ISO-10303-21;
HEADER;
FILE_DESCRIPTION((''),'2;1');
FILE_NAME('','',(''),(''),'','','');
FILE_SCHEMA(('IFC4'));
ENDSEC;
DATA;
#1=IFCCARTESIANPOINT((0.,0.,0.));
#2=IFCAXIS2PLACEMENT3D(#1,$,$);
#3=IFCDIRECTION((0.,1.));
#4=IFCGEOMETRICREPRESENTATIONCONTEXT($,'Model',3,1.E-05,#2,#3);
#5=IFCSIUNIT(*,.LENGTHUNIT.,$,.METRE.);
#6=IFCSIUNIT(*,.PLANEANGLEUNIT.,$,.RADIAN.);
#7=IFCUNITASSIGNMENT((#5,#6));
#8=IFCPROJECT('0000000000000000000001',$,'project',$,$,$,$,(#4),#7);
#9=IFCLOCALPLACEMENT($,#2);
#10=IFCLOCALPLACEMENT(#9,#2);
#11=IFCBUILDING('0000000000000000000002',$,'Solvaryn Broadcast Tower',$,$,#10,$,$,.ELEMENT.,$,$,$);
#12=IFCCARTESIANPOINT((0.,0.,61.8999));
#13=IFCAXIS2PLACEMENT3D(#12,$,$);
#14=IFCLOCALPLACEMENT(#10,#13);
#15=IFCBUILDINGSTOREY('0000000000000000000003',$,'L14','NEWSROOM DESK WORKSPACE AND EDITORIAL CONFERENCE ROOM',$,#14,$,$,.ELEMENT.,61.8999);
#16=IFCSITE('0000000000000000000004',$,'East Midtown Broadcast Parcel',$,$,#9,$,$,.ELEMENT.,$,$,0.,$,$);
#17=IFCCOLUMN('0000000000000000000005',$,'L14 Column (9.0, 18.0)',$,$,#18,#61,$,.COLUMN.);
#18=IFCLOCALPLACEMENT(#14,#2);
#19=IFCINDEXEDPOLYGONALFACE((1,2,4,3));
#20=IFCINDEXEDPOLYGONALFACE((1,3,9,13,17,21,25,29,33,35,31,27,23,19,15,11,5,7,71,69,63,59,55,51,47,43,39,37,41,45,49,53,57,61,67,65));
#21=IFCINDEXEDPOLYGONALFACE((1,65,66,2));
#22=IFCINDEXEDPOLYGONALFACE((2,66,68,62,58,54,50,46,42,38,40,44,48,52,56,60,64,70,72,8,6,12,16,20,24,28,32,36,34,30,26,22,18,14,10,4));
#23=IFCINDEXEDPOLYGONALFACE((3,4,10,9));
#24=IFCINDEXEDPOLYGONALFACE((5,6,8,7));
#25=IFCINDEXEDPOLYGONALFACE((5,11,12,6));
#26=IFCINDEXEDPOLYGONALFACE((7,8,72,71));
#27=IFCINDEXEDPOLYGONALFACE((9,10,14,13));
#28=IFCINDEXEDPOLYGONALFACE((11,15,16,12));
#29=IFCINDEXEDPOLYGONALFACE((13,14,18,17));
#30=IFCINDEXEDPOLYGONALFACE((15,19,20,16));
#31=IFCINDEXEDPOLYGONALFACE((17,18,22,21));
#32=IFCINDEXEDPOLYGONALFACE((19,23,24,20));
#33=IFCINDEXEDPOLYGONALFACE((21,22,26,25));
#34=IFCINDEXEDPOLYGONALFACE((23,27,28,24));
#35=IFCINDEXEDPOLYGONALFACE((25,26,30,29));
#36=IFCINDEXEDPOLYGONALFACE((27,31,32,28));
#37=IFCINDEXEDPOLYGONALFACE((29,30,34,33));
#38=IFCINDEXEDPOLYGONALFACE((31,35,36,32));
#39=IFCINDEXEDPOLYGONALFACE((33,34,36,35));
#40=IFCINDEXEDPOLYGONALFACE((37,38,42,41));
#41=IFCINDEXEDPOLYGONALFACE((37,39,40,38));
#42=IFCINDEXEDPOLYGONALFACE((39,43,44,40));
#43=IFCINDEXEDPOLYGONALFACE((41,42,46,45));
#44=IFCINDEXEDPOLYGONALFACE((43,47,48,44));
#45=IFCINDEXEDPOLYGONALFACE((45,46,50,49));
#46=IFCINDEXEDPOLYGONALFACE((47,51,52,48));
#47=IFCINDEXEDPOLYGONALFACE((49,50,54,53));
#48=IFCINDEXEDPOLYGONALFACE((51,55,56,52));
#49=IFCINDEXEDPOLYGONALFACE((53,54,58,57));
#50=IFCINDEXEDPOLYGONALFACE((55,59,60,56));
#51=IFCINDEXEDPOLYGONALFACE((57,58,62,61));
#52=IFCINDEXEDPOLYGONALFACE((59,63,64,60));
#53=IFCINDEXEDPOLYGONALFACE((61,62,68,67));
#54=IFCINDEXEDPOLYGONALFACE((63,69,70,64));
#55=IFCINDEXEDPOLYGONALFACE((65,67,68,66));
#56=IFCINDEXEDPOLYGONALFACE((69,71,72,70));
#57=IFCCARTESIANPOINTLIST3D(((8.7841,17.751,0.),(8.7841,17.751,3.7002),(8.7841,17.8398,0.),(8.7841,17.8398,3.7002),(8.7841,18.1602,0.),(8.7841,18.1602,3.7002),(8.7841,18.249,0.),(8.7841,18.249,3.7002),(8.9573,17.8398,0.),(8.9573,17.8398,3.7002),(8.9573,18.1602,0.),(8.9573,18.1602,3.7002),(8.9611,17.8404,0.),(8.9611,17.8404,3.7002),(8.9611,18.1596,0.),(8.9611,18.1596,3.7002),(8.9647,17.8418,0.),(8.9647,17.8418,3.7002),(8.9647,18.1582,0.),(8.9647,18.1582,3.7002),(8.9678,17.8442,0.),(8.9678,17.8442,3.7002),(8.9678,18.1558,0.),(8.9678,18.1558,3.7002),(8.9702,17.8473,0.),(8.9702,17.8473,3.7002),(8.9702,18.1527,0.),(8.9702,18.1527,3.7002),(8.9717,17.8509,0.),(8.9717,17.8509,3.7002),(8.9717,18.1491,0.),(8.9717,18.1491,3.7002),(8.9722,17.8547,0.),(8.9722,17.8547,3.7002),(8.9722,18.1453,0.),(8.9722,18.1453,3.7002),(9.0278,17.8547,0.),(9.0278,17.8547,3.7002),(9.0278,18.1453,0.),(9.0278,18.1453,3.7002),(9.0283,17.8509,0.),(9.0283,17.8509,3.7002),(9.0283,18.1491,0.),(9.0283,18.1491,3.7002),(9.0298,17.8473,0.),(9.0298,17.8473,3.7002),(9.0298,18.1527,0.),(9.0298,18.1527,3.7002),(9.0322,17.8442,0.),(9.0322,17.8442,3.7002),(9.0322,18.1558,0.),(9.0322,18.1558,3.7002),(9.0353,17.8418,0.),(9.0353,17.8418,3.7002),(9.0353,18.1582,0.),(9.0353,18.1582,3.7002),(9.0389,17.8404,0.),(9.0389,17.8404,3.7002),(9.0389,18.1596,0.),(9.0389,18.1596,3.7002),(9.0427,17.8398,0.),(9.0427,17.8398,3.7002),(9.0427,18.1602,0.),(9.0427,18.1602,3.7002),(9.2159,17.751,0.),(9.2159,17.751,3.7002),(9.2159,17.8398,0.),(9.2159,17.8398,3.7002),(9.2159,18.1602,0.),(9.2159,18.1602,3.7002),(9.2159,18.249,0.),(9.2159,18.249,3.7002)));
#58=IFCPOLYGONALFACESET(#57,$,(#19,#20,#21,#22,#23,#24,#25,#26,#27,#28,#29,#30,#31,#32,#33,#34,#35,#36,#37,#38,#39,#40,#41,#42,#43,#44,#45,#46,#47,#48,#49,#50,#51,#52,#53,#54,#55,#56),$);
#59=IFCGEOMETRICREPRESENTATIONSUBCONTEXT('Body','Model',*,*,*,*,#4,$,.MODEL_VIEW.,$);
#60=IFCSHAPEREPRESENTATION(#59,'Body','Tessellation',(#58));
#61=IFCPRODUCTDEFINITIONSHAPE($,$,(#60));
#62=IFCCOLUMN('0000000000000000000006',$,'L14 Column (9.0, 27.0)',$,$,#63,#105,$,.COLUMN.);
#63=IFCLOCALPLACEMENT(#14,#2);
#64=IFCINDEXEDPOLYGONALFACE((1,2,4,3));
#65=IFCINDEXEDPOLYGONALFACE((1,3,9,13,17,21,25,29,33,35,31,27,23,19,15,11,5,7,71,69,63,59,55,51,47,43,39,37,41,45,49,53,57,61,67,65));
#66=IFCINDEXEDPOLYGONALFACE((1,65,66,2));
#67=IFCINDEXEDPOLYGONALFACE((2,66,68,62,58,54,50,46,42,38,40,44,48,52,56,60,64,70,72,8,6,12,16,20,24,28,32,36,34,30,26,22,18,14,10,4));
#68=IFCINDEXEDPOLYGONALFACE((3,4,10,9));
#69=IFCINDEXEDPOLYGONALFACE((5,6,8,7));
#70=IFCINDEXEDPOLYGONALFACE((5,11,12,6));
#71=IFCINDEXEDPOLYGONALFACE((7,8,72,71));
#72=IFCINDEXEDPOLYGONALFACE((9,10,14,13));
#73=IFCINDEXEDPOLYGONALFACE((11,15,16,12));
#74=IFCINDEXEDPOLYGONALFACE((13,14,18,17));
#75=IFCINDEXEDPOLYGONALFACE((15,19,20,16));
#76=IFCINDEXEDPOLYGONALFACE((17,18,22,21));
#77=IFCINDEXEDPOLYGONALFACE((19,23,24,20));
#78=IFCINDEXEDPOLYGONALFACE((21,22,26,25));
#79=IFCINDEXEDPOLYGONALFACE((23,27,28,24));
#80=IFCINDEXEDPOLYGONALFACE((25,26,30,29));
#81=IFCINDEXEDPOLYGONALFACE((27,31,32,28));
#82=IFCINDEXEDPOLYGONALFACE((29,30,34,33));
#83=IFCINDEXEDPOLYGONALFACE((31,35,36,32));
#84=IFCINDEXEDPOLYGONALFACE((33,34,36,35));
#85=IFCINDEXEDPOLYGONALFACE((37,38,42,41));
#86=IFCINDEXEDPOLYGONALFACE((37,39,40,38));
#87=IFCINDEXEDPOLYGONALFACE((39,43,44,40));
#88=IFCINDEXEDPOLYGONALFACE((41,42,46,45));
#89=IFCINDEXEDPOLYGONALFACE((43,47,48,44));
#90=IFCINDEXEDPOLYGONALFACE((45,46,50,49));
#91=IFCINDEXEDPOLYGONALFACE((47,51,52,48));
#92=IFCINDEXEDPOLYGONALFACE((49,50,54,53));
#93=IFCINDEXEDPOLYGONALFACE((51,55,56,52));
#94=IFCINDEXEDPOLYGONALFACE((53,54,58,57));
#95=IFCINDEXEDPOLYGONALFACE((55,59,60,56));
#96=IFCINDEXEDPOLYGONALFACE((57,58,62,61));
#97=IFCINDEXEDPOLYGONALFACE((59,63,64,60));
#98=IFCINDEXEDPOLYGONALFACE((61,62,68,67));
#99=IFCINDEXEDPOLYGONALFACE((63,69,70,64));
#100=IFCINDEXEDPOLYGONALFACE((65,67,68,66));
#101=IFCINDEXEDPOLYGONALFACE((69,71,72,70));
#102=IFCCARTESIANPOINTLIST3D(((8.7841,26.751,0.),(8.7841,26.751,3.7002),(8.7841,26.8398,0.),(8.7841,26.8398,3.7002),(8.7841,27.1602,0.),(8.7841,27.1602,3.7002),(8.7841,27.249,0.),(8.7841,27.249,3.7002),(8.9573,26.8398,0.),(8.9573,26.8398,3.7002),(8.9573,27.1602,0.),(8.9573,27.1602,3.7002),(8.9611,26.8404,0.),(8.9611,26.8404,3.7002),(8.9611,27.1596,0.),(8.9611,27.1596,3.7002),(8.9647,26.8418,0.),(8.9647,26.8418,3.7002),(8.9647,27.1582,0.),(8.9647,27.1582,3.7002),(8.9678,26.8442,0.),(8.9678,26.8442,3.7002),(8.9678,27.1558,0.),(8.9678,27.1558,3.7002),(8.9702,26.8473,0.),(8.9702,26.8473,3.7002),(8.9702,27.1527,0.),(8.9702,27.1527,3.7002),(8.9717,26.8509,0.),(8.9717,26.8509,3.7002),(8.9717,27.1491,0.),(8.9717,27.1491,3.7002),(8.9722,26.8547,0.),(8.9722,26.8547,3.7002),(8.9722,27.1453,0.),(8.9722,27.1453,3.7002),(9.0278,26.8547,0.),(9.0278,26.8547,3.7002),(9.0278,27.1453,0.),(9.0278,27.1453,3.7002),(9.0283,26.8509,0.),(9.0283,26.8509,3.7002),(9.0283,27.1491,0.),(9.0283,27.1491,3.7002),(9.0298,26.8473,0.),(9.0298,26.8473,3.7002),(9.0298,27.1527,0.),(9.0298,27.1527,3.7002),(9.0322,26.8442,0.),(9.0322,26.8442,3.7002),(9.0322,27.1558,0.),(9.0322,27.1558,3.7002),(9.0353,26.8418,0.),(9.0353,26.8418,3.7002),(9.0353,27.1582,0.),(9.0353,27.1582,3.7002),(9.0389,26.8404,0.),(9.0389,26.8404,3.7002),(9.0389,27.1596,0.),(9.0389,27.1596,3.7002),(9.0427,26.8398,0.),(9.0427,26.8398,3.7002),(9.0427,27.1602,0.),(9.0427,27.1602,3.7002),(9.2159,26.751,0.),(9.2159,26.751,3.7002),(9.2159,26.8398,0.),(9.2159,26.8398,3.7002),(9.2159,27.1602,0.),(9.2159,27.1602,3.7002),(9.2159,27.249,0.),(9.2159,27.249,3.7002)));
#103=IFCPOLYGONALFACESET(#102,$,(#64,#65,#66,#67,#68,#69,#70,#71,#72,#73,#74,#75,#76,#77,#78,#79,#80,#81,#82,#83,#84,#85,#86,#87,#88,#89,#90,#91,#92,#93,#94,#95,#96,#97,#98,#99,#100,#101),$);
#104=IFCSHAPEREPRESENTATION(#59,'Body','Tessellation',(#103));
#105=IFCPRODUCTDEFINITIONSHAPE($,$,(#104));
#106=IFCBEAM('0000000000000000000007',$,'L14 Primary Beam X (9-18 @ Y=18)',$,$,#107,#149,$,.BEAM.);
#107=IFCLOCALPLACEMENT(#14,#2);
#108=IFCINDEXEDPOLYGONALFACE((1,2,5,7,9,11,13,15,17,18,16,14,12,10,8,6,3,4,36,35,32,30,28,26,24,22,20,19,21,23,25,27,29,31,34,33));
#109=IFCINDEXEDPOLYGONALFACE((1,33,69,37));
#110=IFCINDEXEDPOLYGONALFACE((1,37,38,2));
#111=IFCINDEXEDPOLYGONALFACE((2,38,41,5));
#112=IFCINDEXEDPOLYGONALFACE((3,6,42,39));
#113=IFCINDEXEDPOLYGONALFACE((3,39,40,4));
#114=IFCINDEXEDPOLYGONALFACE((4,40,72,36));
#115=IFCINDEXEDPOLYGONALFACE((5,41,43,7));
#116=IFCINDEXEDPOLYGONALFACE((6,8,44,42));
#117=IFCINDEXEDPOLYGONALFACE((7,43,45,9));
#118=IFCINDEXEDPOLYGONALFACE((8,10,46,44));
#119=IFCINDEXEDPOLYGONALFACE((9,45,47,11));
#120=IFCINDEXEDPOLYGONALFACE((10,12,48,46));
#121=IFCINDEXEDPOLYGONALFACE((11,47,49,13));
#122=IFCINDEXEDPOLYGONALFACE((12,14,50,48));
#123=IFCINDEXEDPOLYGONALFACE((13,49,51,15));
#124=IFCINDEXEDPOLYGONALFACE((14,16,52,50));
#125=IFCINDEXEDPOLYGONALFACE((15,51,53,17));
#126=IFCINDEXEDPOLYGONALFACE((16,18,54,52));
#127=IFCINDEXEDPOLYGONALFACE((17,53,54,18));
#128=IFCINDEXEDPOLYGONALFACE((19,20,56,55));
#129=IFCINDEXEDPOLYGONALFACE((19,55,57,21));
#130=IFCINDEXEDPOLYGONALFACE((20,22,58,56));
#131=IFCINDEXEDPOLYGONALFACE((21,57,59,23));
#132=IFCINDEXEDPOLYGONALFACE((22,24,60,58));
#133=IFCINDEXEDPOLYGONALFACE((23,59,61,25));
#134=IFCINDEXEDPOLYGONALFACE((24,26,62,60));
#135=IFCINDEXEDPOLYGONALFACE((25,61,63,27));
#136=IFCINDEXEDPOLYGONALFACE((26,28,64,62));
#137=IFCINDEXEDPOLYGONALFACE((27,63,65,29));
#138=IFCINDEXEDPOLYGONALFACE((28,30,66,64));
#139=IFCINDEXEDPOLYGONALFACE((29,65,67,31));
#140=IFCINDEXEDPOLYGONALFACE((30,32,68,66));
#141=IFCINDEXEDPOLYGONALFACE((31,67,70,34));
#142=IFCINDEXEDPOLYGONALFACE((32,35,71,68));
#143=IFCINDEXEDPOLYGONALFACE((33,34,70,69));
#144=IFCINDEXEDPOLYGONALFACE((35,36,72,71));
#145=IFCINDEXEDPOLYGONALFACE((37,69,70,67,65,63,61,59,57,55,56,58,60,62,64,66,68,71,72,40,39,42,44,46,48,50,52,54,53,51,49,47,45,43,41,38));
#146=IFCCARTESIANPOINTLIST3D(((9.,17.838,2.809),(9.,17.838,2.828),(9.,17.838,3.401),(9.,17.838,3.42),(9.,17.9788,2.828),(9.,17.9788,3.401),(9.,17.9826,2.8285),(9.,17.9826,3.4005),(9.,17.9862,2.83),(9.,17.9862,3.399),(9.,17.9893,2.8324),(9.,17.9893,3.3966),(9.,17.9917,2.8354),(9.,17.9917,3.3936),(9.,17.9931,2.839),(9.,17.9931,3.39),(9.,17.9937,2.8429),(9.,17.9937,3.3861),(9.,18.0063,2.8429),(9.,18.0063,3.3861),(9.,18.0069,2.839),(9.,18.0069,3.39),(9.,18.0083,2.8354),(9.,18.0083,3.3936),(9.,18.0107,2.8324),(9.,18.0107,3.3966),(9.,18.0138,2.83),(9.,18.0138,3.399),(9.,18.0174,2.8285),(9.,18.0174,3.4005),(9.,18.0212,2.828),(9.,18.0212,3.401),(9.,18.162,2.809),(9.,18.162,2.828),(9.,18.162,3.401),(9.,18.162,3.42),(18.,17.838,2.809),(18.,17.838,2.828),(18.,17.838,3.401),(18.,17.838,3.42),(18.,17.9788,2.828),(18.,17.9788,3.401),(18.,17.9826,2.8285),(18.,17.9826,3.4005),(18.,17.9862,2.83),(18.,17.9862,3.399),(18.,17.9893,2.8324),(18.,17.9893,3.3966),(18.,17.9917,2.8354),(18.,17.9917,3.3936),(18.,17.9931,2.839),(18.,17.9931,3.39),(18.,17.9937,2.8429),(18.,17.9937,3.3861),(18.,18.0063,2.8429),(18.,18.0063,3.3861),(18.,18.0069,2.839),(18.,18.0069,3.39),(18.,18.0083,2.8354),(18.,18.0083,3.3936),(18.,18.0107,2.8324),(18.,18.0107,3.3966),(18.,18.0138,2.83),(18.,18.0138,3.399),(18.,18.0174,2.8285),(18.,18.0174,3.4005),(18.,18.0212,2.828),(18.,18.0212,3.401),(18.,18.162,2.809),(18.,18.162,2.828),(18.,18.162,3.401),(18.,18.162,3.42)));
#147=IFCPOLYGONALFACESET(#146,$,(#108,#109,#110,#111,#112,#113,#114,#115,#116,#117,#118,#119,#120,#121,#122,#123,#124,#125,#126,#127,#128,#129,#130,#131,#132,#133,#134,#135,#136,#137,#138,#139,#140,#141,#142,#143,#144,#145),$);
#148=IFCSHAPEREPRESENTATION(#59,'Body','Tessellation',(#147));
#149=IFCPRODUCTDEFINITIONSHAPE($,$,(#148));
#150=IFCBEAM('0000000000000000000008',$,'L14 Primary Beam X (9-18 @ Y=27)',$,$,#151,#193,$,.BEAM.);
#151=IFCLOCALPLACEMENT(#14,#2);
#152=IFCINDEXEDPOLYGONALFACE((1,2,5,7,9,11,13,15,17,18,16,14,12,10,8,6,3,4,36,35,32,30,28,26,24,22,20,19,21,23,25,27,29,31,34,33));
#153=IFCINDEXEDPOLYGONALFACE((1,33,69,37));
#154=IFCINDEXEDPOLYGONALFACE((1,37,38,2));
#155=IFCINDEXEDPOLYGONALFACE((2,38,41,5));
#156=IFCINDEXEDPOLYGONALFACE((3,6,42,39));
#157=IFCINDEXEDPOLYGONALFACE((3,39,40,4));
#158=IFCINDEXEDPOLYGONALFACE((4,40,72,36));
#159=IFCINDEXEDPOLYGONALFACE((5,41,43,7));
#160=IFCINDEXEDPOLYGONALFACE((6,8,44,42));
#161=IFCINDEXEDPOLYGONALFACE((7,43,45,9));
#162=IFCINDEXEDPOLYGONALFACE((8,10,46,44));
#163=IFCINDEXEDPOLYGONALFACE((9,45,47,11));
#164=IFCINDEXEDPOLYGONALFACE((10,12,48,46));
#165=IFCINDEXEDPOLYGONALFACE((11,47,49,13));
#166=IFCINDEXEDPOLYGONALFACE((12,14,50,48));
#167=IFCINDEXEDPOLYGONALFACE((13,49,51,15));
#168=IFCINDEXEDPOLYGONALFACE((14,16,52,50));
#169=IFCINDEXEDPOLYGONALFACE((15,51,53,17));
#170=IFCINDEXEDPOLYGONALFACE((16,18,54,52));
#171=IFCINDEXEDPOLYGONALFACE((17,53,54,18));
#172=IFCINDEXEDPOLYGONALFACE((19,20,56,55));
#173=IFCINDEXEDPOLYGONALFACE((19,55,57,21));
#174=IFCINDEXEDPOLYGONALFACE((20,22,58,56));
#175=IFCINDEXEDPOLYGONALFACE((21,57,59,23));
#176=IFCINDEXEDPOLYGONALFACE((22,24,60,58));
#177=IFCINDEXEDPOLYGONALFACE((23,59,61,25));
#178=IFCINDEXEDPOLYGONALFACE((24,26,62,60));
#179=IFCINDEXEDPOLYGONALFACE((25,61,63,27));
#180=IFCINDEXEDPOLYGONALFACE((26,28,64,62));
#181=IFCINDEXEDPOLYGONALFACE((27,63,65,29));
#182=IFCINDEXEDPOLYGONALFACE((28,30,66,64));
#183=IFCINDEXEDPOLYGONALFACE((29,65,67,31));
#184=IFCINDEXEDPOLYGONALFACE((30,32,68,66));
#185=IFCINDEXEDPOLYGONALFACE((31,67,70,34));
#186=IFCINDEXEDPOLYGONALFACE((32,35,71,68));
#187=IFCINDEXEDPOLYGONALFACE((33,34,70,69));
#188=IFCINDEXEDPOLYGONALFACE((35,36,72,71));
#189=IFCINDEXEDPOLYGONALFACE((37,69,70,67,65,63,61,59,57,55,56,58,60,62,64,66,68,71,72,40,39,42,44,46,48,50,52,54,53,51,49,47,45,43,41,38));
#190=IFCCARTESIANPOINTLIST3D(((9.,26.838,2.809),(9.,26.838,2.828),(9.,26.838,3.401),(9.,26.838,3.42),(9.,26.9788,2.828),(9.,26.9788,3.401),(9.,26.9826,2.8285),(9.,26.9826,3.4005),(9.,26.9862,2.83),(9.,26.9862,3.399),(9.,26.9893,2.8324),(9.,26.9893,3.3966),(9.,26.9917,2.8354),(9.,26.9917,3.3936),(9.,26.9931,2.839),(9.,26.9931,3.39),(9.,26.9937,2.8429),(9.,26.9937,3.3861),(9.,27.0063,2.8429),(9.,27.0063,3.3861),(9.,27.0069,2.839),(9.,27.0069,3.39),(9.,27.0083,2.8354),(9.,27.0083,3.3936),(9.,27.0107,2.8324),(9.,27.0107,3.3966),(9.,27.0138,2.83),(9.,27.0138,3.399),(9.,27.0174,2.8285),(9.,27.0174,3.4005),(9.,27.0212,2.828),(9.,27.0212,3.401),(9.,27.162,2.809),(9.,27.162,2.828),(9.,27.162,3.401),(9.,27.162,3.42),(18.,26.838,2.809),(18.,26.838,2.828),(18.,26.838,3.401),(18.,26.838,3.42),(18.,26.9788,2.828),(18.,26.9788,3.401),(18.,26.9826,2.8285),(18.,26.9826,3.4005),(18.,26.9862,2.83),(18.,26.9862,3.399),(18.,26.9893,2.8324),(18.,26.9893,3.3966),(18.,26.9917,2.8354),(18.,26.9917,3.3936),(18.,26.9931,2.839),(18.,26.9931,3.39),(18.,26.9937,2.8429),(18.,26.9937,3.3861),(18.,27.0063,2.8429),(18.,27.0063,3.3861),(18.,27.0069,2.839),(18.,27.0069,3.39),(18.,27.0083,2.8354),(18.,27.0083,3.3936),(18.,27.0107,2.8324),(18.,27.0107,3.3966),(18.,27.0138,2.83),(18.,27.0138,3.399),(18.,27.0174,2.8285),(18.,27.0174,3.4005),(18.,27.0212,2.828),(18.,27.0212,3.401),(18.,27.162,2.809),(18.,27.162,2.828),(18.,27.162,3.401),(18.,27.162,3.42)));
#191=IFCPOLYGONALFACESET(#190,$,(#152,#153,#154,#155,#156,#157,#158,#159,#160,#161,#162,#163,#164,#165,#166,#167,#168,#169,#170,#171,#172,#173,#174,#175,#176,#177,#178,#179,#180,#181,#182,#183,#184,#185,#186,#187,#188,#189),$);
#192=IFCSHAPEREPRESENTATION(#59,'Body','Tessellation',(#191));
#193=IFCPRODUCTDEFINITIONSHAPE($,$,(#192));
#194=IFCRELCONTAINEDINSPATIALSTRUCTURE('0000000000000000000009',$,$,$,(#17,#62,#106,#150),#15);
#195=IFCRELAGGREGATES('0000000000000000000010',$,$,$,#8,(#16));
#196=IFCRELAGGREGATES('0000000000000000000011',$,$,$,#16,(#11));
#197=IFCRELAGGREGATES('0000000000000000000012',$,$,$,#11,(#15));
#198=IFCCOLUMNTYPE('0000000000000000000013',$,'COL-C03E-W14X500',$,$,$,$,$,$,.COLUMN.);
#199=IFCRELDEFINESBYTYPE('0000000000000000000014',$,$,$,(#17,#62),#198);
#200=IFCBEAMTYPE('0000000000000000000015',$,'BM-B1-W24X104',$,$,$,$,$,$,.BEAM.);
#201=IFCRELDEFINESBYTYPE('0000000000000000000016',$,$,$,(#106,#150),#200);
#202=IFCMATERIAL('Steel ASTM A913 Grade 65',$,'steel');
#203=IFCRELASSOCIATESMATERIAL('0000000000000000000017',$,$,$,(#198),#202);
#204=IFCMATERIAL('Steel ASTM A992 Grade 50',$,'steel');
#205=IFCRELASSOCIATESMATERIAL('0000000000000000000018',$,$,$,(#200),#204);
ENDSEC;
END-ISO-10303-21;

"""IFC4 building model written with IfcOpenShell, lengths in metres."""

from ifc_helpers import new_model, si_unit, direction, frame, origin, origin_2d, place, context, subcontext, project, spatial, i_section, extrude, material, material_profile, profile_set, type_object, element, save


model = new_model("IFC4")

# Units and contexts
model_context = context("Model", 3, precision=1e-05, world=origin(), true_north=direction((0.0, 1.0)))
body_context = subcontext(model_context, "Body", "Model", "MODEL_VIEW")
ifc_project = project(units=[si_unit("LENGTHUNIT", "METRE"), si_unit("PLANEANGLEUNIT", "RADIAN")], contexts=[model_context])

# Site, building, storey
site_placement = place(None, origin())
site = spatial("IfcSite", under=ifc_project, at=site_placement, Name="East Midtown Broadcast Parcel", CompositionType="ELEMENT", RefElevation=0.0)
building_placement = place(site_placement, origin())
building = spatial("IfcBuilding", under=site, at=building_placement, Name="Solvaryn Broadcast Tower", CompositionType="ELEMENT")
storey_placement = place(building_placement, frame((0.0, 0.0, 61.8999)))
storey = spatial("IfcBuildingStorey", under=building, at=storey_placement, Name="L14", Description="NEWSROOM DESK WORKSPACE AND EDITORIAL CONFERENCE ROOM", CompositionType="ELEMENT", Elevation=61.8999)

# Columns
ifc_material_1 = material(Name="Steel ASTM A913 Grade 65", Category="steel")
ifc_material_profile_1 = material_profile(ifc_material_1, i_section(OverallWidth=0.4319, OverallDepth=0.498, WebThickness=0.0557, FlangeThickness=0.0889, FilletRadius=0.0149, at=origin_2d()))
ifc_profile_set_1 = profile_set([ifc_material_profile_1], Name="Steel ASTM A913 Grade 65")
column_type = type_object("IfcColumnType", Name="COL-C03E-W14X500", PredefinedType="COLUMN", material=ifc_profile_set_1)
for number, where, z_axis, x_axis, name in (
    (1, (9.0, 18.0, 0.0), (0.0, 0.0, 1.0), (1.0, 0.0, 0.0), "L14 Column (9.0, 18.0)"),
    (2, (9.0, 27.0, 0.0), (0.0, 0.0, 1.0), (1.0, 0.0, 0.0), "L14 Column (9.0, 27.0)"),
):
    element("IfcColumn", number, at=place(storey_placement, frame(where, z_axis=z_axis, x_axis=x_axis)), inside=storey, type_object=column_type, Name=name, PredefinedType="COLUMN", context=body_context, shape_type="SweptSolid", body=[
        extrude(i_section(OverallWidth=0.4319, OverallDepth=0.498, WebThickness=0.0557, FlangeThickness=0.0889, FilletRadius=0.0149, at=origin_2d()), origin(), (0.0, 0.0, 1.0), 3.7002),
    ])

# Beams
ifc_material_2 = material(Name="Steel ASTM A992 Grade 50", Category="steel")
ifc_material_profile_2 = material_profile(ifc_material_2, i_section(OverallWidth=0.324, OverallDepth=0.6111, WebThickness=0.0127, FlangeThickness=0.019, FilletRadius=0.0149, at=origin_2d()))
ifc_profile_set_2 = profile_set([ifc_material_profile_2], Name="Steel ASTM A992 Grade 50")
beam_type_1 = type_object("IfcBeamType", Name="BM-B1-W24X104", PredefinedType="BEAM", material=ifc_profile_set_2)
for number, where, z_axis, x_axis, name in (
    (3, (9.0, 18.0, 3.1145), (1.0, 0.0, 0.0), (0.0, 1.0, 0.0), "L14 Primary Beam X (9-18 @ Y=18)"),
    (4, (9.0, 27.0, 3.1145), (1.0, 0.0, 0.0), (0.0, 1.0, 0.0), "L14 Primary Beam X (9-18 @ Y=27)"),
):
    element("IfcBeam", number, at=place(storey_placement, frame(where, z_axis=z_axis, x_axis=x_axis)), inside=storey, type_object=beam_type_1, Name=name, PredefinedType="BEAM", context=body_context, shape_type="SweptSolid", body=[
        extrude(i_section(OverallWidth=0.324, OverallDepth=0.6111, WebThickness=0.0127, FlangeThickness=0.019, FilletRadius=0.0149, at=origin_2d()), origin(), (0.0, 0.0, 1.0), 9.0),
    ])

save(model, "model.ifc")
